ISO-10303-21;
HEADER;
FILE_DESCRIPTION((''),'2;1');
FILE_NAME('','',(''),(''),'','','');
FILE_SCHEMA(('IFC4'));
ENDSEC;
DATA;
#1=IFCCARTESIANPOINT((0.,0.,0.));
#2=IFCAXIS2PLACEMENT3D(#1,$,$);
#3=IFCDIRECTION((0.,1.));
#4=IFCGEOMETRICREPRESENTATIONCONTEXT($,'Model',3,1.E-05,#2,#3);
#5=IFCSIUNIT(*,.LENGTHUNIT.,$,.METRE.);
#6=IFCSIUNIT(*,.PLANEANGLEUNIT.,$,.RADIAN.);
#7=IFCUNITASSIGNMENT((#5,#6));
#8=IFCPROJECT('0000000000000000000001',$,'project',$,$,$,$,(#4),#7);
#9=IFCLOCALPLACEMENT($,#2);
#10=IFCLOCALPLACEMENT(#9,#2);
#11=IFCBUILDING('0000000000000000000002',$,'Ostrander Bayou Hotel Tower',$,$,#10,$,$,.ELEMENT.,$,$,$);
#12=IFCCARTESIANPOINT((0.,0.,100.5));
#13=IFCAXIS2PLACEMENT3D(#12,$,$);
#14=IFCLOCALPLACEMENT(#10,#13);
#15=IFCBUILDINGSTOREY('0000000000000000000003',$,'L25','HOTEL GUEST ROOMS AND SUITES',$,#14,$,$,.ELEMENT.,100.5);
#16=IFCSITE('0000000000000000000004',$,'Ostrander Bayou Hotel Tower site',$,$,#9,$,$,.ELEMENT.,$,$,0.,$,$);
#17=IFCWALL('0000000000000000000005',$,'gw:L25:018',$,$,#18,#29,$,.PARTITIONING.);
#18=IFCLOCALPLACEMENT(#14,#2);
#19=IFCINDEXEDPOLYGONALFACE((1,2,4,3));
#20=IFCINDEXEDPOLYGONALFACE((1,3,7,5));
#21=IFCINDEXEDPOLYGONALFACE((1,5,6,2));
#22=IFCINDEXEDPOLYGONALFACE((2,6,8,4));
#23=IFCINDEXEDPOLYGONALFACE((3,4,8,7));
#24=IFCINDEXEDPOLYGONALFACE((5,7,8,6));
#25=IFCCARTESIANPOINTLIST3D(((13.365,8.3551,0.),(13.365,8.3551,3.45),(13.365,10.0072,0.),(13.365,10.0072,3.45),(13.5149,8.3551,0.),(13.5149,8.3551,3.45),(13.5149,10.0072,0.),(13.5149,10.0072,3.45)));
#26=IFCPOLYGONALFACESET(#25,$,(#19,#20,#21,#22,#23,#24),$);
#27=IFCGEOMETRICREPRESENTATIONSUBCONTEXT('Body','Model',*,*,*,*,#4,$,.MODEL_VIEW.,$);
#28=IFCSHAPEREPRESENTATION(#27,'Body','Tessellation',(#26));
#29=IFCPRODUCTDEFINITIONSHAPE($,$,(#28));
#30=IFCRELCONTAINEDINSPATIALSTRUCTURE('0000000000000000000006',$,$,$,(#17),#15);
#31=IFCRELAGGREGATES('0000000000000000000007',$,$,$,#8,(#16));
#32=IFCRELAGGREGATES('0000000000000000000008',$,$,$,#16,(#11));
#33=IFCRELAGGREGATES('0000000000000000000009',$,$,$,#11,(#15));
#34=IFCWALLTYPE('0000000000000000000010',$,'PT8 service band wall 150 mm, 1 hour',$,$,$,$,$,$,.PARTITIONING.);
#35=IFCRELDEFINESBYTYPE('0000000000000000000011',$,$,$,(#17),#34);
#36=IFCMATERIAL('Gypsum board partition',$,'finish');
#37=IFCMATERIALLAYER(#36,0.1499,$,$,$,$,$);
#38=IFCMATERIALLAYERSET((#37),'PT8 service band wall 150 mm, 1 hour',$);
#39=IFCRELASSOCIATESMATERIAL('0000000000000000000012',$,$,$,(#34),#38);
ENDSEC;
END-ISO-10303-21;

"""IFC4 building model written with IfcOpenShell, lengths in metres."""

from ifc_helpers import new_model, si_unit, direction, frame, frame_2d, origin, place, context, subcontext, project, spatial, rectangle, extrude, material, layer, layer_set, type_object, element, save


model = new_model("IFC4")

# Units and contexts
model_context = context("Model", 3, precision=1e-05, world=origin(), true_north=direction((0.0, 1.0)))
body_context = subcontext(model_context, "Body", "Model", "MODEL_VIEW")
ifc_project = project(units=[si_unit("LENGTHUNIT", "METRE"), si_unit("PLANEANGLEUNIT", "RADIAN")], contexts=[model_context])

# Site, building, storey
site_placement = place(None, origin())
site = spatial("IfcSite", under=ifc_project, at=site_placement, Name="Ostrander Bayou Hotel Tower site", CompositionType="ELEMENT", RefElevation=0.0)
building_placement = place(site_placement, origin())
building = spatial("IfcBuilding", under=site, at=building_placement, Name="Ostrander Bayou Hotel Tower", CompositionType="ELEMENT")
storey_placement = place(building_placement, frame((0.0, 0.0, 100.5)))
storey = spatial("IfcBuildingStorey", under=building, at=storey_placement, Name="L25", Description="HOTEL GUEST ROOMS AND SUITES", CompositionType="ELEMENT", Elevation=100.5)

# Wall
ifc_material_1 = material(Name="Gypsum board partition", Category="finish")
ifc_layer_1 = layer(ifc_material_1, 0.1499)
ifc_layer_set_1 = layer_set([ifc_layer_1], Name="PT8 service band wall 150 mm, 1 hour")
wall_type_1 = type_object("IfcWallType", Name="PT8 service band wall 150 mm, 1 hour", PredefinedType="PARTITIONING", material=ifc_layer_set_1)
wall_1_placement = place(storey_placement, frame((13.4399, 8.355, 0.0), z_axis=(0.0, 0.0, 1.0), x_axis=(0.0, 1.0, 0.0)))
element("IfcWall", 1, at=wall_1_placement, inside=storey, type_object=wall_type_1, Name="gw:L25:018", PredefinedType="PARTITIONING", context=body_context, shape_type="SweptSolid", body=[
    extrude(rectangle(XDim=1.6521, YDim=0.1499, at=frame_2d((0.8262, 0.0))), origin(), (0.0, 0.0, 1.0), 3.45),
])

save(model, "model.ifc")
